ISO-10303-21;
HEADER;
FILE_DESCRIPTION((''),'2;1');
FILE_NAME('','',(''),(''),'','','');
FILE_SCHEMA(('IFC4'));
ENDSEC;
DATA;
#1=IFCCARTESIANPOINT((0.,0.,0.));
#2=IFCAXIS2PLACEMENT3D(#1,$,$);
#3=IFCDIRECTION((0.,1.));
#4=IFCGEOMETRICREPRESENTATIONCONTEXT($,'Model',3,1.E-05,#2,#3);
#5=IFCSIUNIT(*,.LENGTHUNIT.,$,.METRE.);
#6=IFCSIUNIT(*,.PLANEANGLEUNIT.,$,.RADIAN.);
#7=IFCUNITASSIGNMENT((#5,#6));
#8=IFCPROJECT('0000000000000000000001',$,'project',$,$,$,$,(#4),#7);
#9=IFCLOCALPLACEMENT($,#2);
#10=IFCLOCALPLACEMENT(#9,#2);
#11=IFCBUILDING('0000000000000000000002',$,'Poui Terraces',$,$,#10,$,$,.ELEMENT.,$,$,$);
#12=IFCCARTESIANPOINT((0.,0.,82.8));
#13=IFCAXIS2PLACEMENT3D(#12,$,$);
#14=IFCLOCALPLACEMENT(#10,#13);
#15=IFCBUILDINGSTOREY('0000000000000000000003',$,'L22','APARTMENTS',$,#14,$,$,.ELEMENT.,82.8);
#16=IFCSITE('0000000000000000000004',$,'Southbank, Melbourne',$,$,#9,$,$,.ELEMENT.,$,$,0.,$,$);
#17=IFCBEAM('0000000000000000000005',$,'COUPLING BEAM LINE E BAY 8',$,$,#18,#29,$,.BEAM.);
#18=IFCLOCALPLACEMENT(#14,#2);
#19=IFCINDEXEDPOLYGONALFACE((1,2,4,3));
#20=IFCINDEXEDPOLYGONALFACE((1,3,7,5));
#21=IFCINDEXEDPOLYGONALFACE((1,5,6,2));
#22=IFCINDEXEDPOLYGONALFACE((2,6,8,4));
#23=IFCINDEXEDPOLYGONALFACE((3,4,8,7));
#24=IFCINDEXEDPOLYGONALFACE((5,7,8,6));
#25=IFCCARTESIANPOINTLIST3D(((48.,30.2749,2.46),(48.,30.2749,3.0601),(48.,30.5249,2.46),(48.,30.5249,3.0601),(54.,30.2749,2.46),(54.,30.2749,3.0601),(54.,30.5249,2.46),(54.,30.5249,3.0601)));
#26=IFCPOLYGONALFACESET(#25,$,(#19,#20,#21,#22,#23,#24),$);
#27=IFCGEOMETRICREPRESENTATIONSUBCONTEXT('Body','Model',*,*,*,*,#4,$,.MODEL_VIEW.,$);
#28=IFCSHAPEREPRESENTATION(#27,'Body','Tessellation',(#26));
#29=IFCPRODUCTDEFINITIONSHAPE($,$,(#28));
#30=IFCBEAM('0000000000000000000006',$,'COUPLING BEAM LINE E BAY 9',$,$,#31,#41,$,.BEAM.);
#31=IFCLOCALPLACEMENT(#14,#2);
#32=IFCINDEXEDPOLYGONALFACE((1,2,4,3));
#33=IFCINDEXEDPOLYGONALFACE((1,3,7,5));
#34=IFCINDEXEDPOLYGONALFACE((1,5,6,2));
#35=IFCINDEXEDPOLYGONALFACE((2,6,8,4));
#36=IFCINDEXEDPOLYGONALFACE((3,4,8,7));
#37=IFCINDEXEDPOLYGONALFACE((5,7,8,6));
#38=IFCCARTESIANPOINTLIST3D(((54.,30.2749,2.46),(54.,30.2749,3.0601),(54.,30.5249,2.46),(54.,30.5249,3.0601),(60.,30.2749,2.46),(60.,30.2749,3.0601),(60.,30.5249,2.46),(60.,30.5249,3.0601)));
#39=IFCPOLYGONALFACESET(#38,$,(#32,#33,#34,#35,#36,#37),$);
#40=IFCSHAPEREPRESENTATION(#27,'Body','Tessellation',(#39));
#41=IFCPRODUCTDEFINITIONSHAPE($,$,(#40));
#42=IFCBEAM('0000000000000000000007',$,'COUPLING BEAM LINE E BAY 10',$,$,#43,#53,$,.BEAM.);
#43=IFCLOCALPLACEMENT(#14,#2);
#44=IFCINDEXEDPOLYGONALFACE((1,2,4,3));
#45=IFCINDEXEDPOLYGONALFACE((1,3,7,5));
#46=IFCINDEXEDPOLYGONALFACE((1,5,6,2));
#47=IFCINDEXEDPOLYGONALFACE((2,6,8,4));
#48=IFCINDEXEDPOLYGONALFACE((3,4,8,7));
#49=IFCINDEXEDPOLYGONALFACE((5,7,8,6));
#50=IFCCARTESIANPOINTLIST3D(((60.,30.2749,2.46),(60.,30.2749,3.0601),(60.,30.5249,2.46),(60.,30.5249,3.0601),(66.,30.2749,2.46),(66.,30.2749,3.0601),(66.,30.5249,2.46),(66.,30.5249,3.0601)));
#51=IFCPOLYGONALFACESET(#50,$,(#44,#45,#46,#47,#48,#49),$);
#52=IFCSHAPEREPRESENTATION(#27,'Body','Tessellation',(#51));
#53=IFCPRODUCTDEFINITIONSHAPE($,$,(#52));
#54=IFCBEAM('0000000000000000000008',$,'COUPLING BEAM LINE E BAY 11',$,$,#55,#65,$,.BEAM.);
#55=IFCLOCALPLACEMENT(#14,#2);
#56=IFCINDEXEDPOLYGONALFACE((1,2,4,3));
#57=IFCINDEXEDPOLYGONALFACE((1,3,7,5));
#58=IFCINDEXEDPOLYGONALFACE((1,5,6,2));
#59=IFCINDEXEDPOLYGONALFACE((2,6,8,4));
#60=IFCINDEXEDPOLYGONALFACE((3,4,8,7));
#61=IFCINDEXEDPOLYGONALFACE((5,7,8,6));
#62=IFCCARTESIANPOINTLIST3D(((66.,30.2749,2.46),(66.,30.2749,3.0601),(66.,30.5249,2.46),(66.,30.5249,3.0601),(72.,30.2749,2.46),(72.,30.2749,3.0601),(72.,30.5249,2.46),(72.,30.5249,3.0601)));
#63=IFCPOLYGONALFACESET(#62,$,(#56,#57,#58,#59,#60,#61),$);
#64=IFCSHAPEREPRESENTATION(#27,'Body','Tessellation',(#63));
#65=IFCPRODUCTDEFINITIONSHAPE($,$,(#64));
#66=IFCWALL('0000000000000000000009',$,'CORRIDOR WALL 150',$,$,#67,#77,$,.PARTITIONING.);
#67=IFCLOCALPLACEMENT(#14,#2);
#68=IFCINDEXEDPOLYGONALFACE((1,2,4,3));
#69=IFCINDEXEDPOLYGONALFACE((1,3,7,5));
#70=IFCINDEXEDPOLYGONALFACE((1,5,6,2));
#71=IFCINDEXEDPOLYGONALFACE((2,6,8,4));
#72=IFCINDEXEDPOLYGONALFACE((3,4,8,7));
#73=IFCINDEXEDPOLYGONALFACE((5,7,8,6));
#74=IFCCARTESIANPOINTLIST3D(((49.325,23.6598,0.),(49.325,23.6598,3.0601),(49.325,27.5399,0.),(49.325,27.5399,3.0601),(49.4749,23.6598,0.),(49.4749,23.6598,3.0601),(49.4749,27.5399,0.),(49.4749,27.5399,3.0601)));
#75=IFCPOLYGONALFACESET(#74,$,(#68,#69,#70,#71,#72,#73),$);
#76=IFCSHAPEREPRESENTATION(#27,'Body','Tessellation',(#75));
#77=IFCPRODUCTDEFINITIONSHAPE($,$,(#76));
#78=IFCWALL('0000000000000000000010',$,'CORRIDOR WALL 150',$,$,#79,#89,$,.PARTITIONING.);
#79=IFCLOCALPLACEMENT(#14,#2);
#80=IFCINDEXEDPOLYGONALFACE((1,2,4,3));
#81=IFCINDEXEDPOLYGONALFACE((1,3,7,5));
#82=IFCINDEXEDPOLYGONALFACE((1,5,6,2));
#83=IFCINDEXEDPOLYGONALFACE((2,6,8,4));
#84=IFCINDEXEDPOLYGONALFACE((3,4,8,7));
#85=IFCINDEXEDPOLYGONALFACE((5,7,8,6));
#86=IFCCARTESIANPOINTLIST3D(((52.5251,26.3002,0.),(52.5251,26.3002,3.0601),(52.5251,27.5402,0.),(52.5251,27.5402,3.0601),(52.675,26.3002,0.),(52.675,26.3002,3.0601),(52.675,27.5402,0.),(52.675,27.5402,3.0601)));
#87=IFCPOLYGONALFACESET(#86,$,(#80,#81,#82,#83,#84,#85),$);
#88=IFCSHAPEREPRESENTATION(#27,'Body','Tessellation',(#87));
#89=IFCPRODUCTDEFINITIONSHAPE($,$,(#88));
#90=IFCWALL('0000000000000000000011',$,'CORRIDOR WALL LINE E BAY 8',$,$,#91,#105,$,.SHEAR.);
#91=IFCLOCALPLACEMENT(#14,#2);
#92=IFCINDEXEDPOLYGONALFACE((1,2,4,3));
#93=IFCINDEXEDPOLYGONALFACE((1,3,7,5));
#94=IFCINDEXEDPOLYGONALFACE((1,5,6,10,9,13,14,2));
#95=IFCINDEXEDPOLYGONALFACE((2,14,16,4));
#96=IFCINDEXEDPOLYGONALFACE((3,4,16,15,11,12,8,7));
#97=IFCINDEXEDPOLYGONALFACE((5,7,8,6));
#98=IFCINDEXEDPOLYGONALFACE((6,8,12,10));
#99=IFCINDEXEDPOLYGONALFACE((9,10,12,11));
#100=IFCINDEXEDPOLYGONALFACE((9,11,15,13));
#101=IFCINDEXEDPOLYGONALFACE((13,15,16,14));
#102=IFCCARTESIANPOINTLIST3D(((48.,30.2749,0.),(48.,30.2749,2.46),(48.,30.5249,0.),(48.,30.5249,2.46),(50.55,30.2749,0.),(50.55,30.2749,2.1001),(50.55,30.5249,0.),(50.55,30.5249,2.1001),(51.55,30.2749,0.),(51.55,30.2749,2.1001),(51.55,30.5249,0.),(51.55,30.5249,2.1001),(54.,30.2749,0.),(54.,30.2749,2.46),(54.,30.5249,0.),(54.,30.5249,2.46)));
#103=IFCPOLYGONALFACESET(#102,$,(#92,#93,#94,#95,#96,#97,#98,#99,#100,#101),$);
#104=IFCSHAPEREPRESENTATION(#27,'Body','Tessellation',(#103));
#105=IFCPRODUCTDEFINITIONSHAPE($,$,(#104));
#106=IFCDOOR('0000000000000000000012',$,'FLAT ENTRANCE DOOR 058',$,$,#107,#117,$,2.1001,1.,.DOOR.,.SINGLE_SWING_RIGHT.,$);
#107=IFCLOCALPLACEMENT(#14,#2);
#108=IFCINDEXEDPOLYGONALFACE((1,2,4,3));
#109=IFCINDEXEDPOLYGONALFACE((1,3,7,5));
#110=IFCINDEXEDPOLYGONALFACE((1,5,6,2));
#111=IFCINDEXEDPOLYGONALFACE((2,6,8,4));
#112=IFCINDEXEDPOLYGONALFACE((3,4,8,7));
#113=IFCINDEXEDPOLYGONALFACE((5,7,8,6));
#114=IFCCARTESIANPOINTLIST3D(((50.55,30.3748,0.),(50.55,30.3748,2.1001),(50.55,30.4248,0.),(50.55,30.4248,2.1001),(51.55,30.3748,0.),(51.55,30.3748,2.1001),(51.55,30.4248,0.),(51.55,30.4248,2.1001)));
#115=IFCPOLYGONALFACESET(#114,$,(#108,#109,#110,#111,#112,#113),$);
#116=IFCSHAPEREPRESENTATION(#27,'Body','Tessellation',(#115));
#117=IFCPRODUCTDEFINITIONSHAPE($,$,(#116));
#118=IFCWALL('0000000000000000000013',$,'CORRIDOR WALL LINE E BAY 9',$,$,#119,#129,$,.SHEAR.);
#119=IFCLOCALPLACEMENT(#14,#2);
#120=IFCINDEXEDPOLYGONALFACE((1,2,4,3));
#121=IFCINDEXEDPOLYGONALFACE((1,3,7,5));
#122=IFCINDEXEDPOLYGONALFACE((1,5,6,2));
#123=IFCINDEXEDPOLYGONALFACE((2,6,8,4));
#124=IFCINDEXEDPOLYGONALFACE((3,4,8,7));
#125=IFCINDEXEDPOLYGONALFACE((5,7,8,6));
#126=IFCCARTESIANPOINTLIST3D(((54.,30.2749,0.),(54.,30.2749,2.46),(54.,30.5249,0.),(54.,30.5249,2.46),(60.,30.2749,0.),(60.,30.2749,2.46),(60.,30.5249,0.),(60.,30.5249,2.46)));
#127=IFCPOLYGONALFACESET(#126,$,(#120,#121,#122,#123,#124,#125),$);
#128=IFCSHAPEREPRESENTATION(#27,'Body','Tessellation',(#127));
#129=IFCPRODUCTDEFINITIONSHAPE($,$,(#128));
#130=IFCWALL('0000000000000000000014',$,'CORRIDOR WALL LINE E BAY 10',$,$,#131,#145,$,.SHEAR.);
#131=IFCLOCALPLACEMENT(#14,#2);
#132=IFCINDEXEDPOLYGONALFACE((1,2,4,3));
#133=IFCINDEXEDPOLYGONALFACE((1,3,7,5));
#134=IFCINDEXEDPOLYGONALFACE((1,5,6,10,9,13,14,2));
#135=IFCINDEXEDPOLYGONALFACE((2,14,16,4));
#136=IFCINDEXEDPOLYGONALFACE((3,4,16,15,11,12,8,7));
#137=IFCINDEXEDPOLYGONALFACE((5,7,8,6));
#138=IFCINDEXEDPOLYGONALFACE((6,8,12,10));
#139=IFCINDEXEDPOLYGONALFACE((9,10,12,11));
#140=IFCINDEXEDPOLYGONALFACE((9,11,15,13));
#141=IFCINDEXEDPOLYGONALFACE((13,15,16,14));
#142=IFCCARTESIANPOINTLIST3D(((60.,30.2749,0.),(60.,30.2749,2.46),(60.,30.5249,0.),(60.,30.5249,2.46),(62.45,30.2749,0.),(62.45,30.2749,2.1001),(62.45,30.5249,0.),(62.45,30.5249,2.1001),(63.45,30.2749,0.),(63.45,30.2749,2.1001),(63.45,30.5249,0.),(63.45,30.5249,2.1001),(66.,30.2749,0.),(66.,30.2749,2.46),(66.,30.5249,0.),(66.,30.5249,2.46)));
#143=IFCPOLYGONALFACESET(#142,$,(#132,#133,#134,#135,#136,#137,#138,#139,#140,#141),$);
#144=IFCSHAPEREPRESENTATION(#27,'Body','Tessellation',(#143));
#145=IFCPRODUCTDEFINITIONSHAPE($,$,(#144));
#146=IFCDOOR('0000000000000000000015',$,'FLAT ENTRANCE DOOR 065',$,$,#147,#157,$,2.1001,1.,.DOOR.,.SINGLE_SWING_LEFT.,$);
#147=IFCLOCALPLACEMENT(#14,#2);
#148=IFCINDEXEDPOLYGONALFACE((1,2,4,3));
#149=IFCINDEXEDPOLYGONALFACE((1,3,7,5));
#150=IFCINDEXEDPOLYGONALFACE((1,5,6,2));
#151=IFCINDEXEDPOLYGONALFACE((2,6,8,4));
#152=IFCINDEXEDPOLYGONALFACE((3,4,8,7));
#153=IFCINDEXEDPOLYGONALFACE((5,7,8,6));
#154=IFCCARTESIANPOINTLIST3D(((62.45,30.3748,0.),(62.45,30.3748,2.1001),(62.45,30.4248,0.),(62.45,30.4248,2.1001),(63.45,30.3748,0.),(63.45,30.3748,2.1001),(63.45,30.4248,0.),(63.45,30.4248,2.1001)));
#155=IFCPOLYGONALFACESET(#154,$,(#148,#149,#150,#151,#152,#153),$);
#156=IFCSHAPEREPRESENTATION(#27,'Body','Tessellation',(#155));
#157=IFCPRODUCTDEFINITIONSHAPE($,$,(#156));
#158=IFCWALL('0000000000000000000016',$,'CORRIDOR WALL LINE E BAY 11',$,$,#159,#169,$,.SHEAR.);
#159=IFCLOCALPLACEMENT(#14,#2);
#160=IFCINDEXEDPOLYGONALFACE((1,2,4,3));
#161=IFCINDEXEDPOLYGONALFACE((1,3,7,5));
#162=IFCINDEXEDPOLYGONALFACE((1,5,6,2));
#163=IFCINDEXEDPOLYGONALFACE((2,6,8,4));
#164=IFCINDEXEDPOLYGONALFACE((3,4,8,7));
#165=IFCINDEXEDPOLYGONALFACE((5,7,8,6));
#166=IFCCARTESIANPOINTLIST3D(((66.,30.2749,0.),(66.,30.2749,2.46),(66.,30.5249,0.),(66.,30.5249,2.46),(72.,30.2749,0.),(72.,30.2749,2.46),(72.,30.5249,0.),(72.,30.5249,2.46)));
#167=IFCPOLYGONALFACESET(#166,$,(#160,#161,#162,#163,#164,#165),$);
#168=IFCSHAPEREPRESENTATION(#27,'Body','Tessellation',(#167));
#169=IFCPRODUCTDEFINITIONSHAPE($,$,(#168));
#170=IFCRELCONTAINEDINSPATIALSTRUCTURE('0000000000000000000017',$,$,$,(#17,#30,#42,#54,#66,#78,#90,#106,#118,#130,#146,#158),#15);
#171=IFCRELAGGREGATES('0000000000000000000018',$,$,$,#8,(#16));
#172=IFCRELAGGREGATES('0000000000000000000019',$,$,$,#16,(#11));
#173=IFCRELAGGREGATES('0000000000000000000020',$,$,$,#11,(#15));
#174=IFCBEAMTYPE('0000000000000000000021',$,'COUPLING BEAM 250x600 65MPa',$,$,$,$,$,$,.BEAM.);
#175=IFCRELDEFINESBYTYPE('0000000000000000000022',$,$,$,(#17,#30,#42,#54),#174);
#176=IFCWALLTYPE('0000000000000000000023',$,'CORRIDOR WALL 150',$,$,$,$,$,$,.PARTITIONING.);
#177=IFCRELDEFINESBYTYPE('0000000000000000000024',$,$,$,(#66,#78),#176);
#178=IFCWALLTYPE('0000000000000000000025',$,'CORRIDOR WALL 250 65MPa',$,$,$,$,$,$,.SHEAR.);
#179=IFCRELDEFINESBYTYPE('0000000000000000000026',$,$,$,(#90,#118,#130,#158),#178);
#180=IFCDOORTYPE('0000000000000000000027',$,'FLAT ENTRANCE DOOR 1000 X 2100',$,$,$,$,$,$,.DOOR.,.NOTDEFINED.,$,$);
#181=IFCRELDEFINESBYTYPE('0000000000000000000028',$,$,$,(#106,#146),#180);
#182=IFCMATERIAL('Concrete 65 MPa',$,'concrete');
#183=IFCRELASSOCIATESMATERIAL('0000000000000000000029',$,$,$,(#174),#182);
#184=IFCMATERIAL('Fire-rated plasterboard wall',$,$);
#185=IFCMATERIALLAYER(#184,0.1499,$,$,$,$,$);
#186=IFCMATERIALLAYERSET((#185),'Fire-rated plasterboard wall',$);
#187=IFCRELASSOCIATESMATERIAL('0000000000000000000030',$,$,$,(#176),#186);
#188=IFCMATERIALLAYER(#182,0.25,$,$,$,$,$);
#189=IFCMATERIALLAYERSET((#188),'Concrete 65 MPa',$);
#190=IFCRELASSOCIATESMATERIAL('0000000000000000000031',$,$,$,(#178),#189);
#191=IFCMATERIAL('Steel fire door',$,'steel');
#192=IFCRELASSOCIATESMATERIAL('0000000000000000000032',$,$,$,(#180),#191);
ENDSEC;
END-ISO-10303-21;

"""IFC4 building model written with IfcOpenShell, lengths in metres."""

from ifc_helpers import new_model, si_unit, direction, frame, frame_2d, origin, origin_2d, place, context, subcontext, project, spatial, rectangle, extrude, source, transform, mapped, material, layer, layer_set, material_profile, profile_set, type_object, element, fill, save


model = new_model("IFC4")

# Units and contexts
model_context = context("Model", 3, precision=1e-05, world=origin(), true_north=direction((0.0, 1.0)))
body_context = subcontext(model_context, "Body", "Model", "MODEL_VIEW")
ifc_project = project(units=[si_unit("LENGTHUNIT", "METRE"), si_unit("PLANEANGLEUNIT", "RADIAN")], contexts=[model_context])

# Site, building, storey
site_placement = place(None, origin())
site = spatial("IfcSite", under=ifc_project, at=site_placement, Name="Southbank, Melbourne", CompositionType="ELEMENT", RefElevation=0.0)
building_placement = place(site_placement, origin())
building = spatial("IfcBuilding", under=site, at=building_placement, Name="Poui Terraces", CompositionType="ELEMENT")
storey_placement = place(building_placement, frame((0.0, 0.0, 82.8)))
storey = spatial("IfcBuildingStorey", under=building, at=storey_placement, Name="L22", Description="APARTMENTS", CompositionType="ELEMENT", Elevation=82.8)

# Beams
ifc_material_1 = material(Name="Concrete 65 MPa", Category="concrete")
ifc_material_profile = material_profile(ifc_material_1, rectangle(XDim=0.25, YDim=0.6001, at=origin_2d()), Name="RC 250x600")
ifc_profile_set = profile_set([ifc_material_profile], Name="Concrete 65 MPa")
beam_type = type_object("IfcBeamType", Name="COUPLING BEAM 250x600 65MPa", PredefinedType="BEAM", material=ifc_profile_set)
shared_shape = source(origin(), body_context, "Body", "SweptSolid", [
    extrude(rectangle(XDim=0.25, YDim=0.6001, at=origin_2d()), origin(), (0.0, 0.0, 1.0), 6.0),
])
for number, where, z_axis, x_axis, name in (
    (1, (48.0, 30.3999, 2.76), (1.0, 0.0, 0.0), (0.0, 1.0, 0.0), "COUPLING BEAM LINE E BAY 8"),
    (2, (54.0, 30.3999, 2.76), (1.0, 0.0, 0.0), (0.0, 1.0, 0.0), "COUPLING BEAM LINE E BAY 9"),
    (3, (60.0, 30.3999, 2.76), (1.0, 0.0, 0.0), (0.0, 1.0, 0.0), "COUPLING BEAM LINE E BAY 10"),
    (4, (66.0, 30.3999, 2.76), (1.0, 0.0, 0.0), (0.0, 1.0, 0.0), "COUPLING BEAM LINE E BAY 11"),
):
    element("IfcBeam", number, at=place(storey_placement, frame(where, z_axis=z_axis, x_axis=x_axis)), inside=storey, type_object=beam_type, Name=name, PredefinedType="BEAM", context=body_context, shape_type="MappedRepresentation", body=[
        mapped(shared_shape, transform((0.0, 0.0, 0.0))),
    ])

# Walls
ifc_material_2 = material(Name="Fire-rated plasterboard wall")
ifc_layer_1 = layer(ifc_material_2, 0.1499)
ifc_layer_set_1 = layer_set([ifc_layer_1], Name="Fire-rated plasterboard wall")
wall_type_1 = type_object("IfcWallType", Name="CORRIDOR WALL 150", PredefinedType="PARTITIONING", material=ifc_layer_set_1)
wall_1_placement = place(storey_placement, frame((49.3999, 23.6599, 0.0), z_axis=(0.0, 0.0, 1.0), x_axis=(0.0, 1.0, 0.0)))
element("IfcWall", 5, at=wall_1_placement, inside=storey, type_object=wall_type_1, Name="CORRIDOR WALL 150", PredefinedType="PARTITIONING", context=body_context, shape_type="SweptSolid", body=[
    extrude(rectangle(XDim=3.8801, YDim=0.1499, at=frame_2d((1.9399, 0.0))), origin(), (0.0, 0.0, 1.0), 3.0601),
])
wall_2_placement = place(storey_placement, frame((52.6001, 26.3, 0.0), z_axis=(0.0, 0.0, 1.0), x_axis=(0.0, 1.0, 0.0)))
element("IfcWall", 6, at=wall_2_placement, inside=storey, type_object=wall_type_1, Name="CORRIDOR WALL 150", PredefinedType="PARTITIONING", context=body_context, shape_type="SweptSolid", body=[
    extrude(rectangle(XDim=1.24, YDim=0.1499, at=frame_2d((0.6201, 0.0))), origin(), (0.0, 0.0, 1.0), 3.0601),
])

# Wall, opening, door
ifc_layer_2 = layer(ifc_material_1, 0.25)
ifc_layer_set_2 = layer_set([ifc_layer_2], Name="Concrete 65 MPa")
wall_type_2 = type_object("IfcWallType", Name="CORRIDOR WALL 250 65MPa", PredefinedType="SHEAR", material=ifc_layer_set_2)
wall_3_placement = place(storey_placement, frame((48.0, 30.3999, 0.0), z_axis=(0.0, 0.0, 1.0), x_axis=(1.0, 0.0, 0.0)))
wall_3 = element("IfcWall", 7, at=wall_3_placement, inside=storey, type_object=wall_type_2, Name="CORRIDOR WALL LINE E BAY 8", PredefinedType="SHEAR", context=body_context, shape_type="SweptSolid", body=[
    extrude(rectangle(XDim=6.0, YDim=0.25, at=frame_2d((3.0, 0.0))), origin(), (0.0, 0.0, 1.0), 2.46),
])
opening_1_placement = place(wall_3_placement, frame((2.55, 0.0, 0.0)))
opening_1 = element("IfcOpeningElement", 8, at=opening_1_placement, cuts=wall_3, PredefinedType="OPENING", context=body_context, shape_type="SweptSolid", body=[
    extrude(rectangle(XDim=1.0, YDim=2.1001, at=frame_2d((0.5, 1.05))), frame((0.0, 0.135, 0.0), z_axis=(0.0, -1.0, 0.0), x_axis=(1.0, 0.0, 0.0)), (0.0, 0.0, 1.0), 0.27),
])
ifc_material_3 = material(Name="Steel fire door", Category="steel")
door_type_1 = type_object("IfcDoorType", Name="FLAT ENTRANCE DOOR 1000 X 2100", OperationType="NOTDEFINED", PredefinedType="DOOR", material=ifc_material_3)
door_1_placement = place(opening_1_placement, origin())
door_1 = element("IfcDoor", 9, at=door_1_placement, inside=storey, type_object=door_type_1, Name="FLAT ENTRANCE DOOR 058", OperationType="SINGLE_SWING_RIGHT", OverallHeight=2.1001, OverallWidth=1.0, PredefinedType="DOOR", context=body_context, shape_type="SweptSolid", body=[
    extrude(rectangle(XDim=1.0, YDim=2.1001, at=frame_2d((0.5, 1.05))), frame((0.0, 0.0249, 0.0), z_axis=(0.0, -1.0, 0.0), x_axis=(1.0, 0.0, 0.0)), (0.0, 0.0, 1.0), 0.05),
])
fill(opening_1, door_1)

# Wall
wall_4_placement = place(storey_placement, frame((54.0, 30.3999, 0.0), z_axis=(0.0, 0.0, 1.0), x_axis=(1.0, 0.0, 0.0)))
element("IfcWall", 10, at=wall_4_placement, inside=storey, type_object=wall_type_2, Name="CORRIDOR WALL LINE E BAY 9", PredefinedType="SHEAR", context=body_context, shape_type="SweptSolid", body=[
    extrude(rectangle(XDim=6.0, YDim=0.25, at=frame_2d((3.0, 0.0))), origin(), (0.0, 0.0, 1.0), 2.46),
])

# Wall, opening, door
wall_5_placement = place(storey_placement, frame((60.0, 30.3999, 0.0), z_axis=(0.0, 0.0, 1.0), x_axis=(1.0, 0.0, 0.0)))
wall_5 = element("IfcWall", 11, at=wall_5_placement, inside=storey, type_object=wall_type_2, Name="CORRIDOR WALL LINE E BAY 10", PredefinedType="SHEAR", context=body_context, shape_type="SweptSolid", body=[
    extrude(rectangle(XDim=6.0, YDim=0.25, at=frame_2d((3.0, 0.0))), origin(), (0.0, 0.0, 1.0), 2.46),
])
opening_2_placement = place(wall_5_placement, frame((2.45, 0.0, 0.0)))
opening_2 = element("IfcOpeningElement", 12, at=opening_2_placement, cuts=wall_5, PredefinedType="OPENING", context=body_context, shape_type="SweptSolid", body=[
    extrude(rectangle(XDim=1.0, YDim=2.1001, at=frame_2d((0.5, 1.05))), frame((0.0, 0.135, 0.0), z_axis=(0.0, -1.0, 0.0), x_axis=(1.0, 0.0, 0.0)), (0.0, 0.0, 1.0), 0.27),
])
door_2_placement = place(opening_2_placement, origin())
door_2 = element("IfcDoor", 13, at=door_2_placement, inside=storey, type_object=door_type_1, Name="FLAT ENTRANCE DOOR 065", OperationType="SINGLE_SWING_LEFT", OverallHeight=2.1001, OverallWidth=1.0, PredefinedType="DOOR", context=body_context, shape_type="SweptSolid", body=[
    extrude(rectangle(XDim=1.0, YDim=2.1001, at=frame_2d((0.5, 1.05))), frame((0.0, 0.0249, 0.0), z_axis=(0.0, -1.0, 0.0), x_axis=(1.0, 0.0, 0.0)), (0.0, 0.0, 1.0), 0.05),
])
fill(opening_2, door_2)

# Wall
wall_6_placement = place(storey_placement, frame((66.0, 30.3999, 0.0), z_axis=(0.0, 0.0, 1.0), x_axis=(1.0, 0.0, 0.0)))
element("IfcWall", 14, at=wall_6_placement, inside=storey, type_object=wall_type_2, Name="CORRIDOR WALL LINE E BAY 11", PredefinedType="SHEAR", context=body_context, shape_type="SweptSolid", body=[
    extrude(rectangle(XDim=6.0, YDim=0.25, at=frame_2d((3.0, 0.0))), origin(), (0.0, 0.0, 1.0), 2.46),
])

save(model, "model.ifc")
